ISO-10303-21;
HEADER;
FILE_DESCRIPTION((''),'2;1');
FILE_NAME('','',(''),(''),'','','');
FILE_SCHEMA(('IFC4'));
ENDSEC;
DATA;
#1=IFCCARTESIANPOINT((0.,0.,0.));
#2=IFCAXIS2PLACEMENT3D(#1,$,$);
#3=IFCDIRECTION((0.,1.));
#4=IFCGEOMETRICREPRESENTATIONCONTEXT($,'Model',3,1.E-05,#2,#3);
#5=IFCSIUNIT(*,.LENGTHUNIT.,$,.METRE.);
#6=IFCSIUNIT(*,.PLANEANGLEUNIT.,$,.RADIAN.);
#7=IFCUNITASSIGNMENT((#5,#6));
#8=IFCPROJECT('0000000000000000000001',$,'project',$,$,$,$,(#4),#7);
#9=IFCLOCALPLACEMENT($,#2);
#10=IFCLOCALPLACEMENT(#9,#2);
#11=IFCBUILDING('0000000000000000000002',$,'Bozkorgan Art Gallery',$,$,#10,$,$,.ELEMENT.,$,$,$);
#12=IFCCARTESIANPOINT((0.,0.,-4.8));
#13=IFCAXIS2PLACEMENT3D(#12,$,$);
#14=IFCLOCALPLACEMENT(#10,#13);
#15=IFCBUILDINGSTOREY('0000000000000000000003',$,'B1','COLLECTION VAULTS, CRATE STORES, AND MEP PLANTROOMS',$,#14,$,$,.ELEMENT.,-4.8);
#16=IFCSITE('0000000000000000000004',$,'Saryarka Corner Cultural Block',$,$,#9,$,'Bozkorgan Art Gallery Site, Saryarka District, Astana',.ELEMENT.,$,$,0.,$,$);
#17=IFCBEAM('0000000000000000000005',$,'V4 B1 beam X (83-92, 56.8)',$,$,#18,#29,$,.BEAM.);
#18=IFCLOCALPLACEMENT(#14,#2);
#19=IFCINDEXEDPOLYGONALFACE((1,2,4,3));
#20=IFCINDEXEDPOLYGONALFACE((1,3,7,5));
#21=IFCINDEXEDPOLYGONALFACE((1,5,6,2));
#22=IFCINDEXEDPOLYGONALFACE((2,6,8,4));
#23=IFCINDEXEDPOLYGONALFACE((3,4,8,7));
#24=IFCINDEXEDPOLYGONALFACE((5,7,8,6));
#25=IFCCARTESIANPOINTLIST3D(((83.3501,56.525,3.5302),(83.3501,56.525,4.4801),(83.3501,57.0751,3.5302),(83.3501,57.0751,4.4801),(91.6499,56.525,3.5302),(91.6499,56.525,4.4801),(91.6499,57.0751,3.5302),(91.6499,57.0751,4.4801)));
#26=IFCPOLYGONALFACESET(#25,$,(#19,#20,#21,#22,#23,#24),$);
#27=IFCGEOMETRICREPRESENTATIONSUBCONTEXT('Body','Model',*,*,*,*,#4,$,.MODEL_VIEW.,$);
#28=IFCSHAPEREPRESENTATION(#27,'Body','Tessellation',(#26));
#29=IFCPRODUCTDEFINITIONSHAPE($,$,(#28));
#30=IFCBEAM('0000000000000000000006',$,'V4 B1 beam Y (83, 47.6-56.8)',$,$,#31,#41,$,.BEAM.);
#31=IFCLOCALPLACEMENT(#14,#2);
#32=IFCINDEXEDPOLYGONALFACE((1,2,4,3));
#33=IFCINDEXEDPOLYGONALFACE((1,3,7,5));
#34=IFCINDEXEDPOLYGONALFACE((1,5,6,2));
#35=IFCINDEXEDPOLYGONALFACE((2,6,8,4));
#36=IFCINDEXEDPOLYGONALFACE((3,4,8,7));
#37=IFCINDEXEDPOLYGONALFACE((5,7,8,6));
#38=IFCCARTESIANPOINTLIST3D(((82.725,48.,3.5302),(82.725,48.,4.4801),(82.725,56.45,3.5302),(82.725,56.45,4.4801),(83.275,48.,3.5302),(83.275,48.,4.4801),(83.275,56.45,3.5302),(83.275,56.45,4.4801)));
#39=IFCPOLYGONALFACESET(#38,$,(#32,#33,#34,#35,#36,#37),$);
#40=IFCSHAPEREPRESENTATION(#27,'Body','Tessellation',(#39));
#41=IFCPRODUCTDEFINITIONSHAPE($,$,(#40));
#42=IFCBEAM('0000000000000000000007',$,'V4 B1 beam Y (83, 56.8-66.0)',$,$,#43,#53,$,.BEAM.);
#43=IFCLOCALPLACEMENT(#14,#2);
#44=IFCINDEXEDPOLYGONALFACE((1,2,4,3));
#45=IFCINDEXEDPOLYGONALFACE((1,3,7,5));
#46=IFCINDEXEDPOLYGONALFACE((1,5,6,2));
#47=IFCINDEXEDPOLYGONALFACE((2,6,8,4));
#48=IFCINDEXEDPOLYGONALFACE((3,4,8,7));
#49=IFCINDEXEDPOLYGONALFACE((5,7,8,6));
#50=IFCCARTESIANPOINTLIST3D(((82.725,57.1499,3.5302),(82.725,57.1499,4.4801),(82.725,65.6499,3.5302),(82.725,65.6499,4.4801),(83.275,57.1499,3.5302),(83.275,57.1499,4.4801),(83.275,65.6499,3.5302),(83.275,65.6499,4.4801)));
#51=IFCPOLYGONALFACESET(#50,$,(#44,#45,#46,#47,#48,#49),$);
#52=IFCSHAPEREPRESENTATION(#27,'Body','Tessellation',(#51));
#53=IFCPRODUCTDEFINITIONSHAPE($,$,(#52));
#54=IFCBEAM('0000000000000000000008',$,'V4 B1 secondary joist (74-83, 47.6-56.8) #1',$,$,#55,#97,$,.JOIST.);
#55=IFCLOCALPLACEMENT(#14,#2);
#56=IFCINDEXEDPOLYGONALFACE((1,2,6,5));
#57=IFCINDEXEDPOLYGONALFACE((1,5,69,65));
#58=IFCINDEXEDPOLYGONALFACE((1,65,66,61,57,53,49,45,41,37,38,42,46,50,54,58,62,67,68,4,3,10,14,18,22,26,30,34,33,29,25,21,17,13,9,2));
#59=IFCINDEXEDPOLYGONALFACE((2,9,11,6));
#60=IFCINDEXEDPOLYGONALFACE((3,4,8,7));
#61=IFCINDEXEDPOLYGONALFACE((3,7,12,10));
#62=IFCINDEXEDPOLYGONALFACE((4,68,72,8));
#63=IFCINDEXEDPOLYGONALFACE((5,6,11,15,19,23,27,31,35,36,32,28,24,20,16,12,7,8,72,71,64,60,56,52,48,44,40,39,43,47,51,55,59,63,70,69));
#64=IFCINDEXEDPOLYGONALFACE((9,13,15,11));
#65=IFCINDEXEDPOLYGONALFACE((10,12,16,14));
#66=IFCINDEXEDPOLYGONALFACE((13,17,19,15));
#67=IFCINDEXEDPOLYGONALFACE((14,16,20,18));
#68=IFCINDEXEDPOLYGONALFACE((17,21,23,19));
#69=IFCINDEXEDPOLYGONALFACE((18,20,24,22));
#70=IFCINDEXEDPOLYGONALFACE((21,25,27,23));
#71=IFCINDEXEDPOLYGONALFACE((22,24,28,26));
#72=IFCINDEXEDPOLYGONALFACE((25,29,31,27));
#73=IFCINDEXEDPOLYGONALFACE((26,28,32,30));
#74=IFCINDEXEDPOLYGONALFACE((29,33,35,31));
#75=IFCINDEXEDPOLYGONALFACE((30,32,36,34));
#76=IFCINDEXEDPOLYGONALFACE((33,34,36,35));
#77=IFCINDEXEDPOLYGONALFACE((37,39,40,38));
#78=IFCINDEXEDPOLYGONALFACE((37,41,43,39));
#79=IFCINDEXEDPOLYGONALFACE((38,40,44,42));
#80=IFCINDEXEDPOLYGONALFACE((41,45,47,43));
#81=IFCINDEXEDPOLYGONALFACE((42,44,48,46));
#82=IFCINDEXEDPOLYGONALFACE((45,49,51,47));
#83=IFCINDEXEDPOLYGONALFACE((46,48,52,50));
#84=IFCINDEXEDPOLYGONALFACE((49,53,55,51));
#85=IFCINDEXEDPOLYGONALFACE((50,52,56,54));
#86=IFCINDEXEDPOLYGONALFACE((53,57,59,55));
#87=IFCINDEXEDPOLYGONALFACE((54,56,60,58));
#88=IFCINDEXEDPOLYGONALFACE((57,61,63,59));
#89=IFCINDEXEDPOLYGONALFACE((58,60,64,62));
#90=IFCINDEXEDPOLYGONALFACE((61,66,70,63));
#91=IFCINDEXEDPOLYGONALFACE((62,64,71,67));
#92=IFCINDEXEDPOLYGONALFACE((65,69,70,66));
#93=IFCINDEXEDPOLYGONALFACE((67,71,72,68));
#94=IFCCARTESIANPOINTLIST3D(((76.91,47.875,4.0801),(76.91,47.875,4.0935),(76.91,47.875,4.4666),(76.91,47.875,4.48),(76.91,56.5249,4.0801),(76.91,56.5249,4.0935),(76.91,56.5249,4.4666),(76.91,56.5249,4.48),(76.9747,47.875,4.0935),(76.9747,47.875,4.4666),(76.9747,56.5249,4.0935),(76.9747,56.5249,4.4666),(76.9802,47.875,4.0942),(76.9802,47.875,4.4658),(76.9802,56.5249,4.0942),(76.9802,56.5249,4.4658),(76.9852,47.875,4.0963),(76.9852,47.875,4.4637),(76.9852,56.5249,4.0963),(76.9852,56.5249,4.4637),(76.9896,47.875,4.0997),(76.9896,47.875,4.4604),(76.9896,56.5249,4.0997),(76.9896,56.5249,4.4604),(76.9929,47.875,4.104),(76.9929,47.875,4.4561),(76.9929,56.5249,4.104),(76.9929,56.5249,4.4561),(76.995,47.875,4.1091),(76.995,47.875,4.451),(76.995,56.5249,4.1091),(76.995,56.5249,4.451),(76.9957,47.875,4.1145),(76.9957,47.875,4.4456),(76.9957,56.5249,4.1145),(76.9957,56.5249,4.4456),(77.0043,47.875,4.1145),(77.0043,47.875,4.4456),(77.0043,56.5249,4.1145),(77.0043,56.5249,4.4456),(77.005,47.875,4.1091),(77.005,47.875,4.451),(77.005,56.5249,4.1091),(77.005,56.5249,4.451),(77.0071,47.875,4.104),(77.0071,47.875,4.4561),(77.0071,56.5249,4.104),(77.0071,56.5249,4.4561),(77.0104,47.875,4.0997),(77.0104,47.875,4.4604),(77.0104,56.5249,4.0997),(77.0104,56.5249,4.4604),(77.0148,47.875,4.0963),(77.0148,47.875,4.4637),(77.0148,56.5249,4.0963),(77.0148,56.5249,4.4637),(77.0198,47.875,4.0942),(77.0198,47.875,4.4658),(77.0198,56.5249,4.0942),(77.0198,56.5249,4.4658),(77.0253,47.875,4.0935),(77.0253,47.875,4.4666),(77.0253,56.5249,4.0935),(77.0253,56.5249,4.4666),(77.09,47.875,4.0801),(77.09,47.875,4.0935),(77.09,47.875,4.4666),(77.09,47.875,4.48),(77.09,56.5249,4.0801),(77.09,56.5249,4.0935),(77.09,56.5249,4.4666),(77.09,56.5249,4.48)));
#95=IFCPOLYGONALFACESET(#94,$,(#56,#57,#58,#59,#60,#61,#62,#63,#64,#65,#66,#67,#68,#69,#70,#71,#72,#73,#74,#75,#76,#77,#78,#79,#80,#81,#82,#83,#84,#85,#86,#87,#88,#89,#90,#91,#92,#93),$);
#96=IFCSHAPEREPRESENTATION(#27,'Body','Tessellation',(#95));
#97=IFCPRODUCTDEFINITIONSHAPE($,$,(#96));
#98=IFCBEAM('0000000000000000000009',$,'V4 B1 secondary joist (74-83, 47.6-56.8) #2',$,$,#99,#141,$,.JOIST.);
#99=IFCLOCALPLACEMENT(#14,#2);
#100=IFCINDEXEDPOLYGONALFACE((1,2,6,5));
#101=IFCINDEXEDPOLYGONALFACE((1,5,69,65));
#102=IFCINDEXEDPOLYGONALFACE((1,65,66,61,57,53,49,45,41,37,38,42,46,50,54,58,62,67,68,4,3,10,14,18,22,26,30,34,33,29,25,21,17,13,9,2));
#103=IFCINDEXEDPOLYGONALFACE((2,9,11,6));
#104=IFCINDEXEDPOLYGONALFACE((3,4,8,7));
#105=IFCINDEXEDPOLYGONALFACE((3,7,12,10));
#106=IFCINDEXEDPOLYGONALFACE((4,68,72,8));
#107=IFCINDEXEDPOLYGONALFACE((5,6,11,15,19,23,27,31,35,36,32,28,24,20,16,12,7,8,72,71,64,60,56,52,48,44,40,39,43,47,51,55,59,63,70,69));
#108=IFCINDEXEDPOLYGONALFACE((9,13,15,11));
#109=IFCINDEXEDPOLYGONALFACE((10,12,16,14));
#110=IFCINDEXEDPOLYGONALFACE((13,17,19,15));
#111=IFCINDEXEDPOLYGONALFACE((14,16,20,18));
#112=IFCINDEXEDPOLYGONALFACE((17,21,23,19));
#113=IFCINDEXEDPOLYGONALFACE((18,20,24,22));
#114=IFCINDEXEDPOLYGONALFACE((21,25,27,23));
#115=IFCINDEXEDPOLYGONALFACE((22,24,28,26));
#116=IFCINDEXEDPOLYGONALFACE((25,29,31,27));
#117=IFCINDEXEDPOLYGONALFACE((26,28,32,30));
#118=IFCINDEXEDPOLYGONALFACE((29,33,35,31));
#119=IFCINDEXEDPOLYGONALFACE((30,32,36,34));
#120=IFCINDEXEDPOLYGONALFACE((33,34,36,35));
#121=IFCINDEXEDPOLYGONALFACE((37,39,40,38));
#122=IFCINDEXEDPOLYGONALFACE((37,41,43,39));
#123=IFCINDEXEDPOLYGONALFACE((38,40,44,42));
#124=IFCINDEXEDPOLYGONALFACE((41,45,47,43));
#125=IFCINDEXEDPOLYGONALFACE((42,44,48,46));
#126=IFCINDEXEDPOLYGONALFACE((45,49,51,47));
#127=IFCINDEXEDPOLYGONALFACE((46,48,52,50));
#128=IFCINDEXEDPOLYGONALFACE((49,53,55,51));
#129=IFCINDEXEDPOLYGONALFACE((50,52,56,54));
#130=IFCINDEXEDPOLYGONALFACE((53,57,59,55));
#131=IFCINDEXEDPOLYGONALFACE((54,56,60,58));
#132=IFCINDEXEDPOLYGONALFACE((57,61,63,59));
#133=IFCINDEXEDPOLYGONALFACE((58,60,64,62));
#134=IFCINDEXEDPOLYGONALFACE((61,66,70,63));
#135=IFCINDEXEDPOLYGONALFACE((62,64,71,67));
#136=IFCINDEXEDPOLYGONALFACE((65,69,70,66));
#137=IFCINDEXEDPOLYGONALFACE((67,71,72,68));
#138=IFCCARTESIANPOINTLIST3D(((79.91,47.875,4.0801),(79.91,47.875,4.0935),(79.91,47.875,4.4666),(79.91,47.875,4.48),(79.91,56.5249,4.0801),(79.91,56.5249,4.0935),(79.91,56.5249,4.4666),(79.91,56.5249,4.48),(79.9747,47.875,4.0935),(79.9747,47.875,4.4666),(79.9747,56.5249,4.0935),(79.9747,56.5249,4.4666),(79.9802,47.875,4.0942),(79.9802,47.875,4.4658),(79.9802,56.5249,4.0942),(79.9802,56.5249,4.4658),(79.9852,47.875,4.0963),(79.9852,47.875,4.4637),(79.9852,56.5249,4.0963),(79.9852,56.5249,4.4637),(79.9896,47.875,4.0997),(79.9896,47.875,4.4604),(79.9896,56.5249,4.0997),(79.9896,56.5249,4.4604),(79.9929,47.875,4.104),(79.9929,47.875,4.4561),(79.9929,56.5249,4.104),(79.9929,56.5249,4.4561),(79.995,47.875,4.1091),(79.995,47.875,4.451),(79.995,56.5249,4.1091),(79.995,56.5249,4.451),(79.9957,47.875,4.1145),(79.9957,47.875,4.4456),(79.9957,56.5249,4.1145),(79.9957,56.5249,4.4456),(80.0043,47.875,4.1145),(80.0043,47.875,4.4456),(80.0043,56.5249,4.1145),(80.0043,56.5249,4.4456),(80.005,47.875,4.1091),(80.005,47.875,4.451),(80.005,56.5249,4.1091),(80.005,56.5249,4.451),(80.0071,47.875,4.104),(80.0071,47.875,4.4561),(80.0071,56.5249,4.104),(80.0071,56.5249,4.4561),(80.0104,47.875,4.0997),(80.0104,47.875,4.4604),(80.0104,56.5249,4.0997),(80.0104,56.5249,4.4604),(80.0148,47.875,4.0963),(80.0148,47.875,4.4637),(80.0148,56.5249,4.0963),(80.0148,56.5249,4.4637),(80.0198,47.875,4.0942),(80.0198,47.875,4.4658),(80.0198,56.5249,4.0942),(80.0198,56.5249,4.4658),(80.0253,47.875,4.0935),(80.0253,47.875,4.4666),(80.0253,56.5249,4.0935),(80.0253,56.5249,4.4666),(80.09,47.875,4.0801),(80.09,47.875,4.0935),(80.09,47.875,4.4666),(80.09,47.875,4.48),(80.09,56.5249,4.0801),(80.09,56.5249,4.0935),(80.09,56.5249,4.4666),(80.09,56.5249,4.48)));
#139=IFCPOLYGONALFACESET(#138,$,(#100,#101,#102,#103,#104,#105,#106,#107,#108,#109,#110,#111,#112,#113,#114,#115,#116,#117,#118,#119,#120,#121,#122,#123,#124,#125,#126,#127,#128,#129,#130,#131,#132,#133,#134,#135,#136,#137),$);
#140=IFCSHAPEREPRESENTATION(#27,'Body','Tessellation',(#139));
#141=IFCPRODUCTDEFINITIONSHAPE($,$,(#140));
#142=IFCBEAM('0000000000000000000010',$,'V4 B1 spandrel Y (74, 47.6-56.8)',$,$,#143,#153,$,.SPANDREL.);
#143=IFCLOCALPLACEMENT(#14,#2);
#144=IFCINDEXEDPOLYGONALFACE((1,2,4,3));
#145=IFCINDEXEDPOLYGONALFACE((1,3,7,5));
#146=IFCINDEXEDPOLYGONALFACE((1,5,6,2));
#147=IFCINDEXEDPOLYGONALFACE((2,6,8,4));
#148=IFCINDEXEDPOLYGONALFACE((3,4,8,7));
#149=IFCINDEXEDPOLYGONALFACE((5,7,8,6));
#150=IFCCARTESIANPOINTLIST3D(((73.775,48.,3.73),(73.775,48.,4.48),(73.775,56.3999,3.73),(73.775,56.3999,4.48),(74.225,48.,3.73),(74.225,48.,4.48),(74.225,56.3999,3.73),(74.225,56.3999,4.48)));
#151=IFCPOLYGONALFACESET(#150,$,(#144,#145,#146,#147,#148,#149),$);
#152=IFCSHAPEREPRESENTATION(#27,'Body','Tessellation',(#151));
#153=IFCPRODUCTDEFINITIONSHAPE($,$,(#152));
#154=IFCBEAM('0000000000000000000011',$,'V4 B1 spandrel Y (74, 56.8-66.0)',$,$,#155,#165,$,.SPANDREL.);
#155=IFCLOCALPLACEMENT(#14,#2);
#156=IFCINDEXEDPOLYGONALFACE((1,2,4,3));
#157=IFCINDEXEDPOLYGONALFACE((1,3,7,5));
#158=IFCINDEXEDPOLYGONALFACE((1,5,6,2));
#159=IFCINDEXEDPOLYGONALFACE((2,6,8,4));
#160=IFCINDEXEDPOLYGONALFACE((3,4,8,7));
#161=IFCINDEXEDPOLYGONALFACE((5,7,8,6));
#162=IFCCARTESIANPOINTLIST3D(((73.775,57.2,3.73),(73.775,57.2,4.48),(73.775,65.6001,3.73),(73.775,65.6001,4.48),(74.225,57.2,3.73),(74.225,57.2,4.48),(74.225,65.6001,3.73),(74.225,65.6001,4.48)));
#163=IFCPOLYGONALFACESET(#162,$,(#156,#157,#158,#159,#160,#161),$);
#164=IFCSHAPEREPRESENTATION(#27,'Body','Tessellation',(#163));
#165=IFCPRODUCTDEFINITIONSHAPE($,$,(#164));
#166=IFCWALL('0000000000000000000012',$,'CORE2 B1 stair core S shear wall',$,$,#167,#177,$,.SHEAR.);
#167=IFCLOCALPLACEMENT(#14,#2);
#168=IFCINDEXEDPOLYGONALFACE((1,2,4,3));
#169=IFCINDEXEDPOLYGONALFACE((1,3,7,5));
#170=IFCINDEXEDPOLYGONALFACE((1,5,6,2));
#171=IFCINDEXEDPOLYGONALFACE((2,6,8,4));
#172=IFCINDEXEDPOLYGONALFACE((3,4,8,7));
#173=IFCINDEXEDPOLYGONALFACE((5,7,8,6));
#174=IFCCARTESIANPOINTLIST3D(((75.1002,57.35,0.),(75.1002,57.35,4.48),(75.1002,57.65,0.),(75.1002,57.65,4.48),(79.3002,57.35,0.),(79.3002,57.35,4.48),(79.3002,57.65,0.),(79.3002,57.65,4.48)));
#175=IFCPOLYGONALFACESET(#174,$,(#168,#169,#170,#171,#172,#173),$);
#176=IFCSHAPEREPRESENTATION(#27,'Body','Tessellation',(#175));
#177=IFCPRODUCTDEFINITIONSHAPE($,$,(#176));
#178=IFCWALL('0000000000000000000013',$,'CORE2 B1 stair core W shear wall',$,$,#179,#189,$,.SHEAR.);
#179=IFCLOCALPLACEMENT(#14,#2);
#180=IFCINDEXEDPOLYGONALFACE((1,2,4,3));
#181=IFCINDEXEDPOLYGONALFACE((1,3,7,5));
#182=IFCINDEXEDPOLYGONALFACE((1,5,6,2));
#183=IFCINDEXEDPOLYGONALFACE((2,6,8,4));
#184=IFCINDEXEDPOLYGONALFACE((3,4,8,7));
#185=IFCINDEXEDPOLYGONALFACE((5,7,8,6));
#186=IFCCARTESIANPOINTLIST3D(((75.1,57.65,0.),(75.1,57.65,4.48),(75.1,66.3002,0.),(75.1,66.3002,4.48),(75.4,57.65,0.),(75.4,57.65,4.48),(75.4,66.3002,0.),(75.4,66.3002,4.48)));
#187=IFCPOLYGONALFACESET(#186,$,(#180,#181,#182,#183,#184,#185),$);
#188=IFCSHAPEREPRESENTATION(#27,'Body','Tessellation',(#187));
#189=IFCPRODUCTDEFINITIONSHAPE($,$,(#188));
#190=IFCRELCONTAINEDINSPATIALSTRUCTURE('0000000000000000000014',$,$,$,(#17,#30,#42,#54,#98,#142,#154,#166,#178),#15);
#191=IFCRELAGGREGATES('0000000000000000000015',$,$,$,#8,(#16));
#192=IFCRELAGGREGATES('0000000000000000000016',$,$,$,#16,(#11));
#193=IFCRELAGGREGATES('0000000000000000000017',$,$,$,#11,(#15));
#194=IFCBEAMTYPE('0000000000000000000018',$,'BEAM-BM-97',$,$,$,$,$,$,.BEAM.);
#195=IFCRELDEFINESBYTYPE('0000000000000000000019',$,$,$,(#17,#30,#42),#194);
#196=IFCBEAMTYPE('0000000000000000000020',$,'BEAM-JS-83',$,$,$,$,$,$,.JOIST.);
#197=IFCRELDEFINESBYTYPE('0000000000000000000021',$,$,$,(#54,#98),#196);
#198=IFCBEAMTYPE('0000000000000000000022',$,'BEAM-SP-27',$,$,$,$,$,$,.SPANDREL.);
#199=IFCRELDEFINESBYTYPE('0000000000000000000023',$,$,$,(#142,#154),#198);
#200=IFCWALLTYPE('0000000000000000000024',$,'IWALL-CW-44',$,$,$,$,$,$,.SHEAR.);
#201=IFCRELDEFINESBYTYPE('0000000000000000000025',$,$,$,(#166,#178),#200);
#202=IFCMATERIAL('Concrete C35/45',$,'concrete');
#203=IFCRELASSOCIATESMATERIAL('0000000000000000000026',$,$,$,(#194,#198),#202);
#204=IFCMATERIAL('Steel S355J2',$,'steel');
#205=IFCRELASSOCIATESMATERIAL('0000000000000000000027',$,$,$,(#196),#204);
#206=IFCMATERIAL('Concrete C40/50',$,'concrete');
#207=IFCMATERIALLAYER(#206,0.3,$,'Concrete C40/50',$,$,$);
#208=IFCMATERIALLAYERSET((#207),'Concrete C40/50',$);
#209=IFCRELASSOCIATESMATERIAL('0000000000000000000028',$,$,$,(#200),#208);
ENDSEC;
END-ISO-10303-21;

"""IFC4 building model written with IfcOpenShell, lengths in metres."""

from ifc_helpers import new_model, si_unit, direction, frame, frame_2d, origin, origin_2d, place, context, subcontext, project, spatial, rectangle, i_section, extrude, material, layer, layer_set, material_profile, profile_set, type_object, element, save


model = new_model("IFC4")

# Units and contexts
model_context = context("Model", 3, precision=1e-05, world=origin(), true_north=direction((0.0, 1.0)))
body_context = subcontext(model_context, "Body", "Model", "MODEL_VIEW")
ifc_project = project(units=[si_unit("LENGTHUNIT", "METRE"), si_unit("PLANEANGLEUNIT", "RADIAN")], contexts=[model_context])

# Site, building, storey
site_placement = place(None, origin())
site = spatial("IfcSite", under=ifc_project, at=site_placement, Name="Saryarka Corner Cultural Block", LongName="Bozkorgan Art Gallery Site, Saryarka District, Astana", CompositionType="ELEMENT", RefElevation=0.0)
building_placement = place(site_placement, origin())
building = spatial("IfcBuilding", under=site, at=building_placement, Name="Bozkorgan Art Gallery", CompositionType="ELEMENT")
storey_placement = place(building_placement, frame((0.0, 0.0, -4.8)))
storey = spatial("IfcBuildingStorey", under=building, at=storey_placement, Name="B1", Description="COLLECTION VAULTS, CRATE STORES, AND MEP PLANTROOMS", CompositionType="ELEMENT", Elevation=-4.8)

# Shared definitions
ifc_material_1 = material(Name="Concrete C40/50", Category="concrete")

# Beams
ifc_material_2 = material(Name="Concrete C35/45", Category="concrete")
ifc_material_profile_1 = material_profile(ifc_material_2, rectangle(XDim=0.55, YDim=0.95, at=origin_2d()), Name="RC 550x950")
ifc_profile_set_1 = profile_set([ifc_material_profile_1], Name="Concrete C35/45")
beam_type_1 = type_object("IfcBeamType", Name="BEAM-BM-97", PredefinedType="BEAM", material=ifc_profile_set_1)
beam_1_placement = place(storey_placement, frame((83.3501, 56.8, 4.0051), z_axis=(1.0, 0.0, 0.0), x_axis=(0.0, 1.0, 0.0)))
element("IfcBeam", 1, at=beam_1_placement, inside=storey, type_object=beam_type_1, Name="V4 B1 beam X (83-92, 56.8)", PredefinedType="BEAM", context=body_context, shape_type="SweptSolid", body=[
    extrude(rectangle(XDim=0.55, YDim=0.95, at=origin_2d()), origin(), (0.0, 0.0, 1.0), 8.2998),
])
beam_2_placement = place(storey_placement, frame((83.0, 48.0, 4.0051), z_axis=(0.0, 1.0, 0.0), x_axis=(-1.0, 0.0, 0.0)))
element("IfcBeam", 2, at=beam_2_placement, inside=storey, type_object=beam_type_1, Name="V4 B1 beam Y (83, 47.6-56.8)", PredefinedType="BEAM", context=body_context, shape_type="SweptSolid", body=[
    extrude(rectangle(XDim=0.55, YDim=0.95, at=origin_2d()), origin(), (0.0, 0.0, 1.0), 8.45),
])
beam_3_placement = place(storey_placement, frame((83.0, 57.1499, 4.0051), z_axis=(0.0, 1.0, 0.0), x_axis=(-1.0, 0.0, 0.0)))
element("IfcBeam", 3, at=beam_3_placement, inside=storey, type_object=beam_type_1, Name="V4 B1 beam Y (83, 56.8-66.0)", PredefinedType="BEAM", context=body_context, shape_type="SweptSolid", body=[
    extrude(rectangle(XDim=0.55, YDim=0.95, at=origin_2d()), origin(), (0.0, 0.0, 1.0), 8.5),
])
ifc_material_3 = material(Name="Steel S355J2", Category="steel")
ifc_material_profile_2 = material_profile(ifc_material_3, i_section(OverallWidth=0.1799, OverallDepth=0.3999, WebThickness=0.0085, FlangeThickness=0.0134, FilletRadius=0.021, at=origin_2d()), Name="IPE 400")
ifc_profile_set_2 = profile_set([ifc_material_profile_2], Name="Steel S355J2")
beam_type_2 = type_object("IfcBeamType", Name="BEAM-JS-83", PredefinedType="JOIST", material=ifc_profile_set_2)
for number, where, z_axis, x_axis, name in (
    (4, (77.0, 47.875, 4.28), (0.0, 1.0, 0.0), (-1.0, 0.0, 0.0), "V4 B1 secondary joist (74-83, 47.6-56.8) #1"),
    (5, (80.0, 47.875, 4.28), (0.0, 1.0, 0.0), (-1.0, 0.0, 0.0), "V4 B1 secondary joist (74-83, 47.6-56.8) #2"),
):
    element("IfcBeam", number, at=place(storey_placement, frame(where, z_axis=z_axis, x_axis=x_axis)), inside=storey, type_object=beam_type_2, Name=name, PredefinedType="JOIST", context=body_context, shape_type="SweptSolid", body=[
        extrude(i_section(OverallWidth=0.1799, OverallDepth=0.3999, WebThickness=0.0085, FlangeThickness=0.0134, FilletRadius=0.021, at=origin_2d()), origin(), (0.0, 0.0, 1.0), 8.6499),
    ])
ifc_material_profile_3 = material_profile(ifc_material_2, rectangle(XDim=0.45, YDim=0.75, at=origin_2d()), Name="RC 450x750")
ifc_profile_set_3 = profile_set([ifc_material_profile_3], Name="Concrete C35/45")
beam_type_3 = type_object("IfcBeamType", Name="BEAM-SP-27", PredefinedType="SPANDREL", material=ifc_profile_set_3)
beam_4_placement = place(storey_placement, frame((74.0, 48.0, 4.105), z_axis=(0.0, 1.0, 0.0), x_axis=(-1.0, 0.0, 0.0)))
element("IfcBeam", 6, at=beam_4_placement, inside=storey, type_object=beam_type_3, Name="V4 B1 spandrel Y (74, 47.6-56.8)", PredefinedType="SPANDREL", context=body_context, shape_type="SweptSolid", body=[
    extrude(rectangle(XDim=0.45, YDim=0.75, at=origin_2d()), origin(), (0.0, 0.0, 1.0), 8.3999),
])
beam_5_placement = place(storey_placement, frame((74.0, 57.2, 4.105), z_axis=(0.0, 1.0, 0.0), x_axis=(-1.0, 0.0, 0.0)))
element("IfcBeam", 7, at=beam_5_placement, inside=storey, type_object=beam_type_3, Name="V4 B1 spandrel Y (74, 56.8-66.0)", PredefinedType="SPANDREL", context=body_context, shape_type="SweptSolid", body=[
    extrude(rectangle(XDim=0.45, YDim=0.75, at=origin_2d()), origin(), (0.0, 0.0, 1.0), 8.4001),
])

# Walls
ifc_layer_1 = layer(ifc_material_1, 0.3, Name="Concrete C40/50")
ifc_layer_set_1 = layer_set([ifc_layer_1], Name="Concrete C40/50")
wall_type_1 = type_object("IfcWallType", Name="IWALL-CW-44", PredefinedType="SHEAR", material=ifc_layer_set_1)
wall_1_placement = place(storey_placement, frame((75.1001, 57.5, 0.0), z_axis=(0.0, 0.0, 1.0), x_axis=(1.0, 0.0, 0.0)))
element("IfcWall", 8, at=wall_1_placement, inside=storey, type_object=wall_type_1, Name="CORE2 B1 stair core S shear wall", PredefinedType="SHEAR", context=body_context, shape_type="SweptSolid", body=[
    extrude(rectangle(XDim=4.2, YDim=0.3, at=frame_2d((2.1001, 0.0))), origin(), (0.0, 0.0, 1.0), 4.48),
])
for number, where, z_axis, x_axis, name in (
    (9, (75.25, 57.6499, 0.0), (0.0, 0.0, 1.0), (0.0, 1.0, 0.0), "CORE2 B1 stair core W shear wall"),
):
    element("IfcWall", number, at=place(storey_placement, frame(where, z_axis=z_axis, x_axis=x_axis)), inside=storey, type_object=wall_type_1, Name=name, PredefinedType="SHEAR", context=body_context, shape_type="SweptSolid", body=[
        extrude(rectangle(XDim=8.6501, YDim=0.3, at=frame_2d((4.3252, 0.0))), origin(), (0.0, 0.0, 1.0), 4.48),
    ])

save(model, "model.ifc")
